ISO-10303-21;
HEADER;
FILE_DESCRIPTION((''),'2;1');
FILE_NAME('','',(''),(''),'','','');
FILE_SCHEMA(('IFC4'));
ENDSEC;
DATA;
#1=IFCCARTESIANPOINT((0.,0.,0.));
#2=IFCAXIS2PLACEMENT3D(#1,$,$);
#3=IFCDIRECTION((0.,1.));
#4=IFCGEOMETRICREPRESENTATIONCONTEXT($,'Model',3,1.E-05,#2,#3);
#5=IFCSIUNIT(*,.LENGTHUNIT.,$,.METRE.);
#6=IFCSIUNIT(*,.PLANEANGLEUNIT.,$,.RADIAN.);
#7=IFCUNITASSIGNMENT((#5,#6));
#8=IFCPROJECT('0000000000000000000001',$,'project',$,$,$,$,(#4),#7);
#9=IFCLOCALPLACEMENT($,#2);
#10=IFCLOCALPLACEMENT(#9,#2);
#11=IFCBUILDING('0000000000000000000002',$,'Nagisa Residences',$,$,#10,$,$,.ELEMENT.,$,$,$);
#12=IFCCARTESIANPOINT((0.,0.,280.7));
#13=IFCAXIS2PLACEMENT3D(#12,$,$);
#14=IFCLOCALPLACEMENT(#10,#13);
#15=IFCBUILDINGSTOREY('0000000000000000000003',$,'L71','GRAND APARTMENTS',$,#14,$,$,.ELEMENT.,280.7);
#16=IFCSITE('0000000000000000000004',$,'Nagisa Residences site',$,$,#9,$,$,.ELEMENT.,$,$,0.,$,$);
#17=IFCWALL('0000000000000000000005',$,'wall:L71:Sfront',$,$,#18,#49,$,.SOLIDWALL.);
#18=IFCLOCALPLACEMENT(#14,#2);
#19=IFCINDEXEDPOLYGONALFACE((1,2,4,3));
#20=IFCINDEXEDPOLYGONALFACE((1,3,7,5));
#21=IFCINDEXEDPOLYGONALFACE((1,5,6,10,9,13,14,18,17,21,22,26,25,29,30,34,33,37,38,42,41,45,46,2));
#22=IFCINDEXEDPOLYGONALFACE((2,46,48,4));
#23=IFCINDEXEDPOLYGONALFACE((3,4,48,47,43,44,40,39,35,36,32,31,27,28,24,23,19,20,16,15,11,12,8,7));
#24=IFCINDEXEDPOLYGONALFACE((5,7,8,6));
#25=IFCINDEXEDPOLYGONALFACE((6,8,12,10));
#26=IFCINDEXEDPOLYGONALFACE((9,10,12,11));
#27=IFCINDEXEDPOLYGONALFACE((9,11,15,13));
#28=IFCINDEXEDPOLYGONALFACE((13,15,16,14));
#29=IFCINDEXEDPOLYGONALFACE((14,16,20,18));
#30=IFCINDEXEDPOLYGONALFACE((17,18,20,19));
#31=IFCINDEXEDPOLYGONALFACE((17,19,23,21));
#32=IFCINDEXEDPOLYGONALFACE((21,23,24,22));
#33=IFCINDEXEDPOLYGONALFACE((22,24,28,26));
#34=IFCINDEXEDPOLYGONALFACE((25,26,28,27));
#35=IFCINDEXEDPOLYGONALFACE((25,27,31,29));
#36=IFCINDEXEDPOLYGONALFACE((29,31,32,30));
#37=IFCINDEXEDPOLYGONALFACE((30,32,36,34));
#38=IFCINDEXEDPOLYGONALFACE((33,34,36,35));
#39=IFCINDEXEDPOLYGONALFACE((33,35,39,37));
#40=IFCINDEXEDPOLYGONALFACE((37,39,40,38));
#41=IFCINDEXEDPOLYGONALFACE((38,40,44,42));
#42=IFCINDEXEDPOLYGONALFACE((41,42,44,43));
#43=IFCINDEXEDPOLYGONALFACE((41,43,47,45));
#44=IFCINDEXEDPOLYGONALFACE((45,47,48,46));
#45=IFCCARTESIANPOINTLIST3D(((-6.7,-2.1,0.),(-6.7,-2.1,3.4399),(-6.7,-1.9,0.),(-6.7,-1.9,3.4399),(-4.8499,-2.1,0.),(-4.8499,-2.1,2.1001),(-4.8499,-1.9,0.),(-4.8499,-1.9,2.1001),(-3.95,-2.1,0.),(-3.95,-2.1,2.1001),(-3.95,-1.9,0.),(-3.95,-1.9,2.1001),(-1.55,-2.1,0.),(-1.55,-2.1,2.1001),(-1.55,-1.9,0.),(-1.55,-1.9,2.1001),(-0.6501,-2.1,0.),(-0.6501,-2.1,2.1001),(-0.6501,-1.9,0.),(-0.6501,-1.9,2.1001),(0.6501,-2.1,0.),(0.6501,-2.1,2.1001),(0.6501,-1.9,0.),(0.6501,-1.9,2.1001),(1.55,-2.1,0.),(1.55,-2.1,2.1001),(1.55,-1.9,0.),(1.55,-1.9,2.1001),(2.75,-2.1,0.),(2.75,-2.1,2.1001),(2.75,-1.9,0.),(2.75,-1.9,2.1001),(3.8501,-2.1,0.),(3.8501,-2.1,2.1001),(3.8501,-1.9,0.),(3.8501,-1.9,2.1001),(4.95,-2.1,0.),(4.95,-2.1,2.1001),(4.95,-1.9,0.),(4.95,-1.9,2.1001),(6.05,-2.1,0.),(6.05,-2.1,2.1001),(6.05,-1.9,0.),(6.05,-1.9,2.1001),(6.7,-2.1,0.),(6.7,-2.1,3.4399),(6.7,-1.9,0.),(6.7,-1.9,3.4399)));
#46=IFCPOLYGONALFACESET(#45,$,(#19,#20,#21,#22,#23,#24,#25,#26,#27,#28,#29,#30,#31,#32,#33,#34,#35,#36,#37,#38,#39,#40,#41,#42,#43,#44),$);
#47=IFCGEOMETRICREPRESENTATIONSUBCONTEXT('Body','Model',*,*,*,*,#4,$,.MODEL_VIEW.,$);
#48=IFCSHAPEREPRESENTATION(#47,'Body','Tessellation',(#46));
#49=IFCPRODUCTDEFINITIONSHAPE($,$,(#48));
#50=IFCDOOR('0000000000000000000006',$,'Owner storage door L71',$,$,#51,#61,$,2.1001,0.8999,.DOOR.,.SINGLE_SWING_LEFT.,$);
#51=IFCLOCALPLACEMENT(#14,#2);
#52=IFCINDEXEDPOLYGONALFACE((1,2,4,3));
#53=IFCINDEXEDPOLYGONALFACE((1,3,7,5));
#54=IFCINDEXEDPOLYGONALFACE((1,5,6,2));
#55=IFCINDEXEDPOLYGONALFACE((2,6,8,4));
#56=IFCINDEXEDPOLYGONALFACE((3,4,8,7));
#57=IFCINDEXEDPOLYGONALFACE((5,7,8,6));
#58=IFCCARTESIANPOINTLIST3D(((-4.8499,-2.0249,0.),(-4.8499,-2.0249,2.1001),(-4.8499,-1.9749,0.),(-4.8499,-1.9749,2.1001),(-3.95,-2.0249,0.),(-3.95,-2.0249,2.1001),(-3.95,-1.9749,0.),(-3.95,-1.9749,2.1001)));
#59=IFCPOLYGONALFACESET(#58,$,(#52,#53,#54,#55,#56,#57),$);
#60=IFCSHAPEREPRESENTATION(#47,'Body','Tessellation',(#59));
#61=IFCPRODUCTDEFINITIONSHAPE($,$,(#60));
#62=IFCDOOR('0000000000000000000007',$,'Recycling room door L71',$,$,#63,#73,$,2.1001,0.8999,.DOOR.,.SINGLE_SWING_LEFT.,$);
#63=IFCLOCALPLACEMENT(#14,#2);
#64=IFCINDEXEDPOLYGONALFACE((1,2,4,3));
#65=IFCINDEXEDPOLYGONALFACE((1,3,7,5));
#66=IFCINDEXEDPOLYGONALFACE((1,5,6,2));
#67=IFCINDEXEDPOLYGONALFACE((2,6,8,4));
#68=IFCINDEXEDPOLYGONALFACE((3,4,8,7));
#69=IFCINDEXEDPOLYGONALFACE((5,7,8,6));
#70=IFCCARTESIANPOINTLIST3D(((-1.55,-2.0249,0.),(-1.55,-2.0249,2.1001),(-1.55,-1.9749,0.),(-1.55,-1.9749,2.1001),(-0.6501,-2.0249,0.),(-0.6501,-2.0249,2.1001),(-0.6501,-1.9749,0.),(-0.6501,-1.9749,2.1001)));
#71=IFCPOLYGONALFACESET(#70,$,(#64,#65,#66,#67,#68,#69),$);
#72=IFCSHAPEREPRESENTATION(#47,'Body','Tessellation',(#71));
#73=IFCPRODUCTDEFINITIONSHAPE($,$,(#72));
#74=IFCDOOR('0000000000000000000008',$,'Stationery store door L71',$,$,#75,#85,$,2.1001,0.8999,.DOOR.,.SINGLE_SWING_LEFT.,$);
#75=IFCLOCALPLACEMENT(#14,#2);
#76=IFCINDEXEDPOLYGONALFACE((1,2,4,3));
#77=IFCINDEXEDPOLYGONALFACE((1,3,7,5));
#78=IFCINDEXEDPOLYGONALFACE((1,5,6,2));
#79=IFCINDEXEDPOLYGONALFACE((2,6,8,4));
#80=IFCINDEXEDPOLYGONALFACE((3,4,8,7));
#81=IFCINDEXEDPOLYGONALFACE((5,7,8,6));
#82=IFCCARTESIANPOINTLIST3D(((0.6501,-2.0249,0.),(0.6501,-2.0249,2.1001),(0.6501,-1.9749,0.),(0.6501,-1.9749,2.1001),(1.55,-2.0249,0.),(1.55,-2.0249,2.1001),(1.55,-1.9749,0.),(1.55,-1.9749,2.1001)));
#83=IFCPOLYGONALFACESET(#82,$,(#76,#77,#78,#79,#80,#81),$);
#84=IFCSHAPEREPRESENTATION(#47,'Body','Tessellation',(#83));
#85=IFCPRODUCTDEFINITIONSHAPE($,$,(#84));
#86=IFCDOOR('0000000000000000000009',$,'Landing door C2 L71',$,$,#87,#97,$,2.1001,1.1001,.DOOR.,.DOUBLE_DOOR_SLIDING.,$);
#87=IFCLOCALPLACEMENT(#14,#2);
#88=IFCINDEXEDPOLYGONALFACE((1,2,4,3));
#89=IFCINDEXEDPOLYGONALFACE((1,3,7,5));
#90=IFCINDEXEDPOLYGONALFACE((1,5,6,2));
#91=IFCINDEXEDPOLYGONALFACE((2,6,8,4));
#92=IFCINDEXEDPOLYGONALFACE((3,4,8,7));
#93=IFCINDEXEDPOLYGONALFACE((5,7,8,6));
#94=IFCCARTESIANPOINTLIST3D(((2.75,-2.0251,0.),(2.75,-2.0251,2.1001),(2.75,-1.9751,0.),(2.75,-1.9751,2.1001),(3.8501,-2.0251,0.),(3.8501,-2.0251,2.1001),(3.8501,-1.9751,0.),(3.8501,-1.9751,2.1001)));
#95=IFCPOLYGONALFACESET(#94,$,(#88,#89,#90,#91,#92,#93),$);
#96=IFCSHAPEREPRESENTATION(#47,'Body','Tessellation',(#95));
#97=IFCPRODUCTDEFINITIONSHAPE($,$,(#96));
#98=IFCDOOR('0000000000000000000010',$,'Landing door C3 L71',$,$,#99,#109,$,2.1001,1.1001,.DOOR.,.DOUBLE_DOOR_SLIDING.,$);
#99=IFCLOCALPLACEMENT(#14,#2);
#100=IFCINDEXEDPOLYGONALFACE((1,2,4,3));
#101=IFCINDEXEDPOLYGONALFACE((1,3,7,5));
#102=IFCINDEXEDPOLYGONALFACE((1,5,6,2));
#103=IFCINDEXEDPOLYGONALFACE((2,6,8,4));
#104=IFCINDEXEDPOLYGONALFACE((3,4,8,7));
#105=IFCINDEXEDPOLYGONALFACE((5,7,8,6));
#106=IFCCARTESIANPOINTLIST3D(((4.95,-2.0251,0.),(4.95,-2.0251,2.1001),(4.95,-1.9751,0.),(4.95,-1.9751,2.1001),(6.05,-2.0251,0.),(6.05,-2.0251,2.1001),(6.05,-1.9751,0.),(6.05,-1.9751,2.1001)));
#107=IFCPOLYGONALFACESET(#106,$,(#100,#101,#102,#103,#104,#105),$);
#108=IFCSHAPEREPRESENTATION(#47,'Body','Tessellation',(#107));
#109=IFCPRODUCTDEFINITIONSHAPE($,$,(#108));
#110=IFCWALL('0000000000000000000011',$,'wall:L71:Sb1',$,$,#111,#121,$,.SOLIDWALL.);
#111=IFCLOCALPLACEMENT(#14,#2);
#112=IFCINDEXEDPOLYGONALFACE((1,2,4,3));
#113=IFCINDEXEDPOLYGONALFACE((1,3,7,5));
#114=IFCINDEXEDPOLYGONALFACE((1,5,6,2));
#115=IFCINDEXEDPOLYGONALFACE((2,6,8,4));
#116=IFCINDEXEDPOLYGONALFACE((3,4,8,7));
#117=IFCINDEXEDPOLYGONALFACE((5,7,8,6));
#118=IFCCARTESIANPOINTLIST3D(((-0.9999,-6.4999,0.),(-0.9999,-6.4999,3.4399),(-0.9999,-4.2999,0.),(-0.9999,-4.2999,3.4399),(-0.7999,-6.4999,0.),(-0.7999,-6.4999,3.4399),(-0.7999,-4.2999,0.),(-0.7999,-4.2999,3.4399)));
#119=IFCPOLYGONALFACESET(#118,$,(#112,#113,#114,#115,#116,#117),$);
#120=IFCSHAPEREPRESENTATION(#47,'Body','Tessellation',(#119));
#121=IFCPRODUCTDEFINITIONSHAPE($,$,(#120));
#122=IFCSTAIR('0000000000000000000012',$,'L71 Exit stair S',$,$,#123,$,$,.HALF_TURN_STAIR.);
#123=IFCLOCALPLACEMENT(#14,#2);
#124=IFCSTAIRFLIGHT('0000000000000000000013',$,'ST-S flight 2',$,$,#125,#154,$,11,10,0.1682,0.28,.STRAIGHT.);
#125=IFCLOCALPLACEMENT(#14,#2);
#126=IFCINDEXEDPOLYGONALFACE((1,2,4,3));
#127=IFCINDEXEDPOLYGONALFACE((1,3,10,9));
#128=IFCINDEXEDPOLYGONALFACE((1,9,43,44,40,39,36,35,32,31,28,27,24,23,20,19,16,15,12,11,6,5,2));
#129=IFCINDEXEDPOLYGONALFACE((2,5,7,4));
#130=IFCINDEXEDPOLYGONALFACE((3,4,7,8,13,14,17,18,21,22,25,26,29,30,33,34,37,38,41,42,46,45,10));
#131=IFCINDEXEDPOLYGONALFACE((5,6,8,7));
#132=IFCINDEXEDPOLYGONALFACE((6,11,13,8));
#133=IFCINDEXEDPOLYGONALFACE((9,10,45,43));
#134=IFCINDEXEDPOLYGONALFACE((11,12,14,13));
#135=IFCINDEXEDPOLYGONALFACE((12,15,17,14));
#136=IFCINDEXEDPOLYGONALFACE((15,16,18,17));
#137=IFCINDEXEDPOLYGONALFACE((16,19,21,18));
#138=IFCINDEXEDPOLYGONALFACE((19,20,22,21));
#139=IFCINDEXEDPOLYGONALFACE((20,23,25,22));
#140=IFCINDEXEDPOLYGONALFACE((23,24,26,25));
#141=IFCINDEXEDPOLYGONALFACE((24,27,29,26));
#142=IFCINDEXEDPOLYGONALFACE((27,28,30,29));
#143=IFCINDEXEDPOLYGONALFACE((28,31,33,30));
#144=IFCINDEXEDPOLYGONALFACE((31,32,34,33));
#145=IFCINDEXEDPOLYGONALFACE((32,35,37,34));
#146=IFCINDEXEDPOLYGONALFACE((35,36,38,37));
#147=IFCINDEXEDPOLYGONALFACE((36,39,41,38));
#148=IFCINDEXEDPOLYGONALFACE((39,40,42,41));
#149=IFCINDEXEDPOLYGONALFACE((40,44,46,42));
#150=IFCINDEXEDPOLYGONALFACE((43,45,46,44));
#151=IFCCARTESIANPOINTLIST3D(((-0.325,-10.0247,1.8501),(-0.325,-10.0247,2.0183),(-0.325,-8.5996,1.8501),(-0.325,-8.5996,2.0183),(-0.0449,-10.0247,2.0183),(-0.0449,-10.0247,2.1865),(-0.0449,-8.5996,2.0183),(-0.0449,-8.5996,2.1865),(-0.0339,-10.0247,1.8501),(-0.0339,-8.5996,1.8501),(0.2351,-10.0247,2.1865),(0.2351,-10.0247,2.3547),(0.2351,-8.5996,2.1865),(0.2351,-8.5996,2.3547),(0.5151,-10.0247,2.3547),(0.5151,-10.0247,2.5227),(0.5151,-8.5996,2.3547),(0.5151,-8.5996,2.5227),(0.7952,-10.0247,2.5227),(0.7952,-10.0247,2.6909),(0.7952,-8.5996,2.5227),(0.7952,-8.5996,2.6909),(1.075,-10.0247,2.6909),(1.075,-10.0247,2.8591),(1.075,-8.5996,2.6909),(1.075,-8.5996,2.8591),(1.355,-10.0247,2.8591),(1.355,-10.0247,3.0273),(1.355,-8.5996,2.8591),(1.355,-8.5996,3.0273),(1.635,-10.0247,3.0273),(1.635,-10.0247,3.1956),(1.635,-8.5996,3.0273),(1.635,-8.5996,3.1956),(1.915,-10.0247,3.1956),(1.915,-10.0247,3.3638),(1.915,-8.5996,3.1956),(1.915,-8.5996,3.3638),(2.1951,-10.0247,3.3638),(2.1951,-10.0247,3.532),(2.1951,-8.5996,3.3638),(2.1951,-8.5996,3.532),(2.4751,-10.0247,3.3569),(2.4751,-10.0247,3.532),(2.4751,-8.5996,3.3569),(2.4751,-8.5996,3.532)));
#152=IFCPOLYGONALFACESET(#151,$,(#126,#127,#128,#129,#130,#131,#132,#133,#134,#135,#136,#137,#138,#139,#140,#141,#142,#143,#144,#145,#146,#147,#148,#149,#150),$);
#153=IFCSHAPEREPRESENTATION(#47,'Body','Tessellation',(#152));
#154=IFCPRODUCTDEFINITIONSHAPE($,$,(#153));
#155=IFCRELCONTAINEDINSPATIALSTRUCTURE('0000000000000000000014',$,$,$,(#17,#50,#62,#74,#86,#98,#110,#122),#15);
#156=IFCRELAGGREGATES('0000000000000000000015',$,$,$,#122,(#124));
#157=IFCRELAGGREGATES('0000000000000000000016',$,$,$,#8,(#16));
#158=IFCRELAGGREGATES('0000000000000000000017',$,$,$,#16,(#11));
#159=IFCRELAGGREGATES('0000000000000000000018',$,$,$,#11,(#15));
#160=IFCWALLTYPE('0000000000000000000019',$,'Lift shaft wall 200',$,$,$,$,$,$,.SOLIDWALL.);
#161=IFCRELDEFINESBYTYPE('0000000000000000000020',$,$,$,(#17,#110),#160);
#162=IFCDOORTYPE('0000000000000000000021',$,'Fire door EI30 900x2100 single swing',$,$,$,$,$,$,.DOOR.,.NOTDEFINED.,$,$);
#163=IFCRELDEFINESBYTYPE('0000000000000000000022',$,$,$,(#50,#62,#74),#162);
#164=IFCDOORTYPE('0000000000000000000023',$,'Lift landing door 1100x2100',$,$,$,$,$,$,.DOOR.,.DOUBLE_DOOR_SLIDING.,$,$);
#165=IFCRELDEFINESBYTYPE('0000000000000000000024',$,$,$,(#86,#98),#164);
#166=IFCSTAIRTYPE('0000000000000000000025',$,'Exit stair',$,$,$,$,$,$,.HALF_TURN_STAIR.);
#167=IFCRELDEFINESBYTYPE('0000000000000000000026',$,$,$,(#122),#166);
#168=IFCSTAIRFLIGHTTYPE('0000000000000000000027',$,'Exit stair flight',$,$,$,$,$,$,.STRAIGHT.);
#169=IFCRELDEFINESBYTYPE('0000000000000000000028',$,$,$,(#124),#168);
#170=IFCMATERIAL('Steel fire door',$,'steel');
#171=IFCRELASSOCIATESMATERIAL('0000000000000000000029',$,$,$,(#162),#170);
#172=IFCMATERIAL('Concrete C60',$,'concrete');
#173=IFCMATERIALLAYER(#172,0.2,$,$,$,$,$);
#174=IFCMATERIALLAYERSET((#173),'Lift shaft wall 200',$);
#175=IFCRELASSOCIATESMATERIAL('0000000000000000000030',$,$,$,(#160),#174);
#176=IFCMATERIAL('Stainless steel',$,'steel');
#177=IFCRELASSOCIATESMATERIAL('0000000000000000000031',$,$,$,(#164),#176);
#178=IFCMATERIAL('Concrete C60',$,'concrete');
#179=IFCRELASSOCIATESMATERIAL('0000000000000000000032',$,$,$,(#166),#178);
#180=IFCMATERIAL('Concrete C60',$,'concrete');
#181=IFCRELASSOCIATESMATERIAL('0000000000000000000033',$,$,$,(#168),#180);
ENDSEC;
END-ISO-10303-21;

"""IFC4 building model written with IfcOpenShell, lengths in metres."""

from ifc_helpers import new_model, si_unit, direction, frame, frame_2d, origin, place, context, subcontext, project, spatial, polyline, rectangle, outline, extrude, material, layer, layer_set, type_object, element, fill, aggregate, save


model = new_model("IFC4")

# Units and contexts
model_context = context("Model", 3, precision=1e-05, world=origin(), true_north=direction((0.0, 1.0)))
body_context = subcontext(model_context, "Body", "Model", "MODEL_VIEW")
ifc_project = project(units=[si_unit("LENGTHUNIT", "METRE"), si_unit("PLANEANGLEUNIT", "RADIAN")], contexts=[model_context])

# Site, building, storey
site_placement = place(None, origin())
site = spatial("IfcSite", under=ifc_project, at=site_placement, Name="Nagisa Residences site", CompositionType="ELEMENT", RefElevation=0.0)
building_placement = place(site_placement, origin())
building = spatial("IfcBuilding", under=site, at=building_placement, Name="Nagisa Residences", CompositionType="ELEMENT")
storey_placement = place(building_placement, frame((0.0, 0.0, 280.7)))
storey = spatial("IfcBuildingStorey", under=building, at=storey_placement, Name="L71", Description="GRAND APARTMENTS", CompositionType="ELEMENT", Elevation=280.7)

# Shared definitions
ifc_material_1 = material(Name="Steel fire door", Category="steel")
door_type_1 = type_object("IfcDoorType", Name="Fire door EI30 900x2100 single swing", OperationType="NOTDEFINED", PredefinedType="DOOR", material=ifc_material_1)

# Shared definitions
ifc_material_2 = material(Name="Concrete C60", Category="concrete")
ifc_layer_1 = layer(ifc_material_2, 0.2)
ifc_layer_set_1 = layer_set([ifc_layer_1], Name="Lift shaft wall 200")
wall_type_1 = type_object("IfcWallType", Name="Lift shaft wall 200", PredefinedType="SOLIDWALL", material=ifc_layer_set_1)

# Wall, openings, doors
wall_1_placement = place(storey_placement, frame((-6.7, -2.0, 0.0), z_axis=(0.0, 0.0, 1.0), x_axis=(1.0, 0.0, 0.0)))
wall_1 = element("IfcWall", 1, at=wall_1_placement, inside=storey, type_object=wall_type_1, Name="wall:L71:Sfront", PredefinedType="SOLIDWALL", context=body_context, shape_type="SweptSolid", body=[
    extrude(rectangle(XDim=13.3999, YDim=0.2, at=frame_2d((6.7, 0.0))), origin(), (0.0, 0.0, 1.0), 3.4399),
])
opening_1_placement = place(wall_1_placement, frame((9.45, 0.0, 0.0)))
opening_1 = element("IfcOpeningElement", 2, at=opening_1_placement, cuts=wall_1, PredefinedType="OPENING", context=body_context, shape_type="SweptSolid", body=[
    extrude(rectangle(XDim=1.1001, YDim=2.1001, at=frame_2d((0.55, 1.05))), frame((0.0, 0.1099, 0.0), z_axis=(0.0, -1.0, 0.0), x_axis=(1.0, 0.0, 0.0)), (0.0, 0.0, 1.0), 0.22),
])
opening_2_placement = place(wall_1_placement, frame((11.6499, 0.0, 0.0)))
opening_2 = element("IfcOpeningElement", 3, at=opening_2_placement, cuts=wall_1, PredefinedType="OPENING", context=body_context, shape_type="SweptSolid", body=[
    extrude(rectangle(XDim=1.1001, YDim=2.1001, at=frame_2d((0.55, 1.05))), frame((0.0, 0.1099, 0.0), z_axis=(0.0, -1.0, 0.0), x_axis=(1.0, 0.0, 0.0)), (0.0, 0.0, 1.0), 0.22),
])
opening_3_placement = place(wall_1_placement, frame((1.8501, 0.0, 0.0)))
opening_3 = element("IfcOpeningElement", 4, at=opening_3_placement, cuts=wall_1, PredefinedType="OPENING", context=body_context, shape_type="SweptSolid", body=[
    extrude(rectangle(XDim=0.8999, YDim=2.1001, at=frame_2d((0.45, 1.05))), frame((0.0, 0.1099, 0.0), z_axis=(0.0, -1.0, 0.0), x_axis=(1.0, 0.0, 0.0)), (0.0, 0.0, 1.0), 0.22),
])
opening_4_placement = place(wall_1_placement, frame((5.1499, 0.0, 0.0)))
opening_4 = element("IfcOpeningElement", 5, at=opening_4_placement, cuts=wall_1, PredefinedType="OPENING", context=body_context, shape_type="SweptSolid", body=[
    extrude(rectangle(XDim=0.8999, YDim=2.1001, at=frame_2d((0.45, 1.05))), frame((0.0, 0.1099, 0.0), z_axis=(0.0, -1.0, 0.0), x_axis=(1.0, 0.0, 0.0)), (0.0, 0.0, 1.0), 0.22),
])
opening_5_placement = place(wall_1_placement, frame((7.3501, 0.0, 0.0)))
opening_5 = element("IfcOpeningElement", 6, at=opening_5_placement, cuts=wall_1, PredefinedType="OPENING", context=body_context, shape_type="SweptSolid", body=[
    extrude(rectangle(XDim=0.8999, YDim=2.1001, at=frame_2d((0.45, 1.05))), frame((0.0, 0.1099, 0.0), z_axis=(0.0, -1.0, 0.0), x_axis=(1.0, 0.0, 0.0)), (0.0, 0.0, 1.0), 0.22),
])
door_1_placement = place(opening_3_placement, frame((0.8999, 0.0, 0.0), x_axis=(-1.0, 0.0, 0.0)))
door_1 = element("IfcDoor", 7, at=door_1_placement, inside=storey, type_object=door_type_1, Name="Owner storage door L71", OperationType="SINGLE_SWING_LEFT", OverallHeight=2.1001, OverallWidth=0.8999, PredefinedType="DOOR", context=body_context, shape_type="SweptSolid", body=[
    extrude(rectangle(XDim=0.8999, YDim=2.1001, at=frame_2d((0.45, 1.05))), frame((0.0, 0.0249, 0.0), z_axis=(0.0, -1.0, 0.0), x_axis=(1.0, 0.0, 0.0)), (0.0, 0.0, 1.0), 0.05),
])
fill(opening_3, door_1)
door_2_placement = place(opening_4_placement, frame((0.8999, 0.0, 0.0), x_axis=(-1.0, 0.0, 0.0)))
door_2 = element("IfcDoor", 8, at=door_2_placement, inside=storey, type_object=door_type_1, Name="Recycling room door L71", OperationType="SINGLE_SWING_LEFT", OverallHeight=2.1001, OverallWidth=0.8999, PredefinedType="DOOR", context=body_context, shape_type="SweptSolid", body=[
    extrude(rectangle(XDim=0.8999, YDim=2.1001, at=frame_2d((0.45, 1.05))), frame((0.0, 0.0249, 0.0), z_axis=(0.0, -1.0, 0.0), x_axis=(1.0, 0.0, 0.0)), (0.0, 0.0, 1.0), 0.05),
])
fill(opening_4, door_2)
door_3_placement = place(opening_5_placement, frame((0.8999, 0.0, 0.0), x_axis=(-1.0, 0.0, 0.0)))
door_3 = element("IfcDoor", 9, at=door_3_placement, inside=storey, type_object=door_type_1, Name="Stationery store door L71", OperationType="SINGLE_SWING_LEFT", OverallHeight=2.1001, OverallWidth=0.8999, PredefinedType="DOOR", context=body_context, shape_type="SweptSolid", body=[
    extrude(rectangle(XDim=0.8999, YDim=2.1001, at=frame_2d((0.45, 1.05))), frame((0.0, 0.0249, 0.0), z_axis=(0.0, -1.0, 0.0), x_axis=(1.0, 0.0, 0.0)), (0.0, 0.0, 1.0), 0.05),
])
fill(opening_5, door_3)
ifc_material_3 = material(Name="Stainless steel", Category="steel")
door_type_2 = type_object("IfcDoorType", Name="Lift landing door 1100x2100", OperationType="DOUBLE_DOOR_SLIDING", PredefinedType="DOOR", material=ifc_material_3)
door_4_placement = place(opening_1_placement, origin())
door_4 = element("IfcDoor", 10, at=door_4_placement, inside=storey, type_object=door_type_2, Name="Landing door C2 L71", OperationType="DOUBLE_DOOR_SLIDING", OverallHeight=2.1001, OverallWidth=1.1001, PredefinedType="DOOR", context=body_context, shape_type="SweptSolid", body=[
    extrude(rectangle(XDim=1.1001, YDim=2.1001, at=frame_2d((0.55, 1.05))), frame((0.0, 0.0249, 0.0), z_axis=(0.0, -1.0, 0.0), x_axis=(1.0, 0.0, 0.0)), (0.0, 0.0, 1.0), 0.05),
])
fill(opening_1, door_4)
door_5_placement = place(opening_2_placement, origin())
door_5 = element("IfcDoor", 11, at=door_5_placement, inside=storey, type_object=door_type_2, Name="Landing door C3 L71", OperationType="DOUBLE_DOOR_SLIDING", OverallHeight=2.1001, OverallWidth=1.1001, PredefinedType="DOOR", context=body_context, shape_type="SweptSolid", body=[
    extrude(rectangle(XDim=1.1001, YDim=2.1001, at=frame_2d((0.55, 1.05))), frame((0.0, 0.0249, 0.0), z_axis=(0.0, -1.0, 0.0), x_axis=(1.0, 0.0, 0.0)), (0.0, 0.0, 1.0), 0.05),
])
fill(opening_2, door_5)

# Wall
wall_2_placement = place(storey_placement, frame((-0.8999, -6.5, 0.0), z_axis=(0.0, 0.0, 1.0), x_axis=(0.0, 1.0, 0.0)))
element("IfcWall", 12, at=wall_2_placement, inside=storey, type_object=wall_type_1, Name="wall:L71:Sb1", PredefinedType="SOLIDWALL", context=body_context, shape_type="SweptSolid", body=[
    extrude(rectangle(XDim=2.2, YDim=0.2, at=frame_2d((1.1001, 0.0))), origin(), (0.0, 0.0, 1.0), 3.4399),
])

# Stair, stair flight
ifc_material_4 = material(Name="Concrete C60", Category="concrete")
stair_type = type_object("IfcStairType", Name="Exit stair", PredefinedType="HALF_TURN_STAIR", material=ifc_material_4)
stair_placement = place(storey_placement, origin())
stair = element("IfcStair", 13, at=stair_placement, inside=storey, type_object=stair_type, Name="L71 Exit stair S", PredefinedType="HALF_TURN_STAIR")
ifc_material_5 = material(Name="Concrete C60", Category="concrete")
stair_flight_type = type_object("IfcStairFlightType", Name="Exit stair flight", PredefinedType="STRAIGHT", material=ifc_material_5)
stair_flight_placement = place(storey_placement, frame((-0.325, -9.312, 1.8501), z_axis=(0.0, 0.0, 1.0), x_axis=(1.0, 0.0, 0.0)))
stair_flight = element("IfcStairFlight", 14, at=stair_flight_placement, type_object=stair_flight_type, Name="ST-S flight 2", NumberOfRisers=11, NumberOfTreads=10, PredefinedType="STRAIGHT", RiserHeight=0.1682, TreadLength=0.28, context=body_context, shape_type="SweptSolid", body=[
    extrude(outline(polyline([(0.0, 0.0), (0.0, 0.1682), (0.28, 0.1682), (0.28, 0.3364), (0.5601, 0.3364), (0.5601, 0.5046), (0.8401, 0.5046), (0.8401, 0.6726), (1.1201, 0.6726), (1.1201, 0.8408), (1.3999, 0.8408), (1.3999, 1.009), (1.6799, 1.009), (1.6799, 1.1772), (1.96, 1.1772), (1.96, 1.3455), (2.24, 1.3455), (2.24, 1.5137), (2.52, 1.5137), (2.52, 1.6819), (2.8, 1.6819), (2.8, 1.8501), (2.8, 1.5068), (0.291, 0.0), (0.0, 0.0)])), frame((0.0, 0.7124, 0.0), z_axis=(0.0, -1.0, 0.0), x_axis=(1.0, 0.0, 0.0)), (0.0, 0.0, 1.0), 1.425),
])
aggregate(stair, [stair_flight])

save(model, "model.ifc")
